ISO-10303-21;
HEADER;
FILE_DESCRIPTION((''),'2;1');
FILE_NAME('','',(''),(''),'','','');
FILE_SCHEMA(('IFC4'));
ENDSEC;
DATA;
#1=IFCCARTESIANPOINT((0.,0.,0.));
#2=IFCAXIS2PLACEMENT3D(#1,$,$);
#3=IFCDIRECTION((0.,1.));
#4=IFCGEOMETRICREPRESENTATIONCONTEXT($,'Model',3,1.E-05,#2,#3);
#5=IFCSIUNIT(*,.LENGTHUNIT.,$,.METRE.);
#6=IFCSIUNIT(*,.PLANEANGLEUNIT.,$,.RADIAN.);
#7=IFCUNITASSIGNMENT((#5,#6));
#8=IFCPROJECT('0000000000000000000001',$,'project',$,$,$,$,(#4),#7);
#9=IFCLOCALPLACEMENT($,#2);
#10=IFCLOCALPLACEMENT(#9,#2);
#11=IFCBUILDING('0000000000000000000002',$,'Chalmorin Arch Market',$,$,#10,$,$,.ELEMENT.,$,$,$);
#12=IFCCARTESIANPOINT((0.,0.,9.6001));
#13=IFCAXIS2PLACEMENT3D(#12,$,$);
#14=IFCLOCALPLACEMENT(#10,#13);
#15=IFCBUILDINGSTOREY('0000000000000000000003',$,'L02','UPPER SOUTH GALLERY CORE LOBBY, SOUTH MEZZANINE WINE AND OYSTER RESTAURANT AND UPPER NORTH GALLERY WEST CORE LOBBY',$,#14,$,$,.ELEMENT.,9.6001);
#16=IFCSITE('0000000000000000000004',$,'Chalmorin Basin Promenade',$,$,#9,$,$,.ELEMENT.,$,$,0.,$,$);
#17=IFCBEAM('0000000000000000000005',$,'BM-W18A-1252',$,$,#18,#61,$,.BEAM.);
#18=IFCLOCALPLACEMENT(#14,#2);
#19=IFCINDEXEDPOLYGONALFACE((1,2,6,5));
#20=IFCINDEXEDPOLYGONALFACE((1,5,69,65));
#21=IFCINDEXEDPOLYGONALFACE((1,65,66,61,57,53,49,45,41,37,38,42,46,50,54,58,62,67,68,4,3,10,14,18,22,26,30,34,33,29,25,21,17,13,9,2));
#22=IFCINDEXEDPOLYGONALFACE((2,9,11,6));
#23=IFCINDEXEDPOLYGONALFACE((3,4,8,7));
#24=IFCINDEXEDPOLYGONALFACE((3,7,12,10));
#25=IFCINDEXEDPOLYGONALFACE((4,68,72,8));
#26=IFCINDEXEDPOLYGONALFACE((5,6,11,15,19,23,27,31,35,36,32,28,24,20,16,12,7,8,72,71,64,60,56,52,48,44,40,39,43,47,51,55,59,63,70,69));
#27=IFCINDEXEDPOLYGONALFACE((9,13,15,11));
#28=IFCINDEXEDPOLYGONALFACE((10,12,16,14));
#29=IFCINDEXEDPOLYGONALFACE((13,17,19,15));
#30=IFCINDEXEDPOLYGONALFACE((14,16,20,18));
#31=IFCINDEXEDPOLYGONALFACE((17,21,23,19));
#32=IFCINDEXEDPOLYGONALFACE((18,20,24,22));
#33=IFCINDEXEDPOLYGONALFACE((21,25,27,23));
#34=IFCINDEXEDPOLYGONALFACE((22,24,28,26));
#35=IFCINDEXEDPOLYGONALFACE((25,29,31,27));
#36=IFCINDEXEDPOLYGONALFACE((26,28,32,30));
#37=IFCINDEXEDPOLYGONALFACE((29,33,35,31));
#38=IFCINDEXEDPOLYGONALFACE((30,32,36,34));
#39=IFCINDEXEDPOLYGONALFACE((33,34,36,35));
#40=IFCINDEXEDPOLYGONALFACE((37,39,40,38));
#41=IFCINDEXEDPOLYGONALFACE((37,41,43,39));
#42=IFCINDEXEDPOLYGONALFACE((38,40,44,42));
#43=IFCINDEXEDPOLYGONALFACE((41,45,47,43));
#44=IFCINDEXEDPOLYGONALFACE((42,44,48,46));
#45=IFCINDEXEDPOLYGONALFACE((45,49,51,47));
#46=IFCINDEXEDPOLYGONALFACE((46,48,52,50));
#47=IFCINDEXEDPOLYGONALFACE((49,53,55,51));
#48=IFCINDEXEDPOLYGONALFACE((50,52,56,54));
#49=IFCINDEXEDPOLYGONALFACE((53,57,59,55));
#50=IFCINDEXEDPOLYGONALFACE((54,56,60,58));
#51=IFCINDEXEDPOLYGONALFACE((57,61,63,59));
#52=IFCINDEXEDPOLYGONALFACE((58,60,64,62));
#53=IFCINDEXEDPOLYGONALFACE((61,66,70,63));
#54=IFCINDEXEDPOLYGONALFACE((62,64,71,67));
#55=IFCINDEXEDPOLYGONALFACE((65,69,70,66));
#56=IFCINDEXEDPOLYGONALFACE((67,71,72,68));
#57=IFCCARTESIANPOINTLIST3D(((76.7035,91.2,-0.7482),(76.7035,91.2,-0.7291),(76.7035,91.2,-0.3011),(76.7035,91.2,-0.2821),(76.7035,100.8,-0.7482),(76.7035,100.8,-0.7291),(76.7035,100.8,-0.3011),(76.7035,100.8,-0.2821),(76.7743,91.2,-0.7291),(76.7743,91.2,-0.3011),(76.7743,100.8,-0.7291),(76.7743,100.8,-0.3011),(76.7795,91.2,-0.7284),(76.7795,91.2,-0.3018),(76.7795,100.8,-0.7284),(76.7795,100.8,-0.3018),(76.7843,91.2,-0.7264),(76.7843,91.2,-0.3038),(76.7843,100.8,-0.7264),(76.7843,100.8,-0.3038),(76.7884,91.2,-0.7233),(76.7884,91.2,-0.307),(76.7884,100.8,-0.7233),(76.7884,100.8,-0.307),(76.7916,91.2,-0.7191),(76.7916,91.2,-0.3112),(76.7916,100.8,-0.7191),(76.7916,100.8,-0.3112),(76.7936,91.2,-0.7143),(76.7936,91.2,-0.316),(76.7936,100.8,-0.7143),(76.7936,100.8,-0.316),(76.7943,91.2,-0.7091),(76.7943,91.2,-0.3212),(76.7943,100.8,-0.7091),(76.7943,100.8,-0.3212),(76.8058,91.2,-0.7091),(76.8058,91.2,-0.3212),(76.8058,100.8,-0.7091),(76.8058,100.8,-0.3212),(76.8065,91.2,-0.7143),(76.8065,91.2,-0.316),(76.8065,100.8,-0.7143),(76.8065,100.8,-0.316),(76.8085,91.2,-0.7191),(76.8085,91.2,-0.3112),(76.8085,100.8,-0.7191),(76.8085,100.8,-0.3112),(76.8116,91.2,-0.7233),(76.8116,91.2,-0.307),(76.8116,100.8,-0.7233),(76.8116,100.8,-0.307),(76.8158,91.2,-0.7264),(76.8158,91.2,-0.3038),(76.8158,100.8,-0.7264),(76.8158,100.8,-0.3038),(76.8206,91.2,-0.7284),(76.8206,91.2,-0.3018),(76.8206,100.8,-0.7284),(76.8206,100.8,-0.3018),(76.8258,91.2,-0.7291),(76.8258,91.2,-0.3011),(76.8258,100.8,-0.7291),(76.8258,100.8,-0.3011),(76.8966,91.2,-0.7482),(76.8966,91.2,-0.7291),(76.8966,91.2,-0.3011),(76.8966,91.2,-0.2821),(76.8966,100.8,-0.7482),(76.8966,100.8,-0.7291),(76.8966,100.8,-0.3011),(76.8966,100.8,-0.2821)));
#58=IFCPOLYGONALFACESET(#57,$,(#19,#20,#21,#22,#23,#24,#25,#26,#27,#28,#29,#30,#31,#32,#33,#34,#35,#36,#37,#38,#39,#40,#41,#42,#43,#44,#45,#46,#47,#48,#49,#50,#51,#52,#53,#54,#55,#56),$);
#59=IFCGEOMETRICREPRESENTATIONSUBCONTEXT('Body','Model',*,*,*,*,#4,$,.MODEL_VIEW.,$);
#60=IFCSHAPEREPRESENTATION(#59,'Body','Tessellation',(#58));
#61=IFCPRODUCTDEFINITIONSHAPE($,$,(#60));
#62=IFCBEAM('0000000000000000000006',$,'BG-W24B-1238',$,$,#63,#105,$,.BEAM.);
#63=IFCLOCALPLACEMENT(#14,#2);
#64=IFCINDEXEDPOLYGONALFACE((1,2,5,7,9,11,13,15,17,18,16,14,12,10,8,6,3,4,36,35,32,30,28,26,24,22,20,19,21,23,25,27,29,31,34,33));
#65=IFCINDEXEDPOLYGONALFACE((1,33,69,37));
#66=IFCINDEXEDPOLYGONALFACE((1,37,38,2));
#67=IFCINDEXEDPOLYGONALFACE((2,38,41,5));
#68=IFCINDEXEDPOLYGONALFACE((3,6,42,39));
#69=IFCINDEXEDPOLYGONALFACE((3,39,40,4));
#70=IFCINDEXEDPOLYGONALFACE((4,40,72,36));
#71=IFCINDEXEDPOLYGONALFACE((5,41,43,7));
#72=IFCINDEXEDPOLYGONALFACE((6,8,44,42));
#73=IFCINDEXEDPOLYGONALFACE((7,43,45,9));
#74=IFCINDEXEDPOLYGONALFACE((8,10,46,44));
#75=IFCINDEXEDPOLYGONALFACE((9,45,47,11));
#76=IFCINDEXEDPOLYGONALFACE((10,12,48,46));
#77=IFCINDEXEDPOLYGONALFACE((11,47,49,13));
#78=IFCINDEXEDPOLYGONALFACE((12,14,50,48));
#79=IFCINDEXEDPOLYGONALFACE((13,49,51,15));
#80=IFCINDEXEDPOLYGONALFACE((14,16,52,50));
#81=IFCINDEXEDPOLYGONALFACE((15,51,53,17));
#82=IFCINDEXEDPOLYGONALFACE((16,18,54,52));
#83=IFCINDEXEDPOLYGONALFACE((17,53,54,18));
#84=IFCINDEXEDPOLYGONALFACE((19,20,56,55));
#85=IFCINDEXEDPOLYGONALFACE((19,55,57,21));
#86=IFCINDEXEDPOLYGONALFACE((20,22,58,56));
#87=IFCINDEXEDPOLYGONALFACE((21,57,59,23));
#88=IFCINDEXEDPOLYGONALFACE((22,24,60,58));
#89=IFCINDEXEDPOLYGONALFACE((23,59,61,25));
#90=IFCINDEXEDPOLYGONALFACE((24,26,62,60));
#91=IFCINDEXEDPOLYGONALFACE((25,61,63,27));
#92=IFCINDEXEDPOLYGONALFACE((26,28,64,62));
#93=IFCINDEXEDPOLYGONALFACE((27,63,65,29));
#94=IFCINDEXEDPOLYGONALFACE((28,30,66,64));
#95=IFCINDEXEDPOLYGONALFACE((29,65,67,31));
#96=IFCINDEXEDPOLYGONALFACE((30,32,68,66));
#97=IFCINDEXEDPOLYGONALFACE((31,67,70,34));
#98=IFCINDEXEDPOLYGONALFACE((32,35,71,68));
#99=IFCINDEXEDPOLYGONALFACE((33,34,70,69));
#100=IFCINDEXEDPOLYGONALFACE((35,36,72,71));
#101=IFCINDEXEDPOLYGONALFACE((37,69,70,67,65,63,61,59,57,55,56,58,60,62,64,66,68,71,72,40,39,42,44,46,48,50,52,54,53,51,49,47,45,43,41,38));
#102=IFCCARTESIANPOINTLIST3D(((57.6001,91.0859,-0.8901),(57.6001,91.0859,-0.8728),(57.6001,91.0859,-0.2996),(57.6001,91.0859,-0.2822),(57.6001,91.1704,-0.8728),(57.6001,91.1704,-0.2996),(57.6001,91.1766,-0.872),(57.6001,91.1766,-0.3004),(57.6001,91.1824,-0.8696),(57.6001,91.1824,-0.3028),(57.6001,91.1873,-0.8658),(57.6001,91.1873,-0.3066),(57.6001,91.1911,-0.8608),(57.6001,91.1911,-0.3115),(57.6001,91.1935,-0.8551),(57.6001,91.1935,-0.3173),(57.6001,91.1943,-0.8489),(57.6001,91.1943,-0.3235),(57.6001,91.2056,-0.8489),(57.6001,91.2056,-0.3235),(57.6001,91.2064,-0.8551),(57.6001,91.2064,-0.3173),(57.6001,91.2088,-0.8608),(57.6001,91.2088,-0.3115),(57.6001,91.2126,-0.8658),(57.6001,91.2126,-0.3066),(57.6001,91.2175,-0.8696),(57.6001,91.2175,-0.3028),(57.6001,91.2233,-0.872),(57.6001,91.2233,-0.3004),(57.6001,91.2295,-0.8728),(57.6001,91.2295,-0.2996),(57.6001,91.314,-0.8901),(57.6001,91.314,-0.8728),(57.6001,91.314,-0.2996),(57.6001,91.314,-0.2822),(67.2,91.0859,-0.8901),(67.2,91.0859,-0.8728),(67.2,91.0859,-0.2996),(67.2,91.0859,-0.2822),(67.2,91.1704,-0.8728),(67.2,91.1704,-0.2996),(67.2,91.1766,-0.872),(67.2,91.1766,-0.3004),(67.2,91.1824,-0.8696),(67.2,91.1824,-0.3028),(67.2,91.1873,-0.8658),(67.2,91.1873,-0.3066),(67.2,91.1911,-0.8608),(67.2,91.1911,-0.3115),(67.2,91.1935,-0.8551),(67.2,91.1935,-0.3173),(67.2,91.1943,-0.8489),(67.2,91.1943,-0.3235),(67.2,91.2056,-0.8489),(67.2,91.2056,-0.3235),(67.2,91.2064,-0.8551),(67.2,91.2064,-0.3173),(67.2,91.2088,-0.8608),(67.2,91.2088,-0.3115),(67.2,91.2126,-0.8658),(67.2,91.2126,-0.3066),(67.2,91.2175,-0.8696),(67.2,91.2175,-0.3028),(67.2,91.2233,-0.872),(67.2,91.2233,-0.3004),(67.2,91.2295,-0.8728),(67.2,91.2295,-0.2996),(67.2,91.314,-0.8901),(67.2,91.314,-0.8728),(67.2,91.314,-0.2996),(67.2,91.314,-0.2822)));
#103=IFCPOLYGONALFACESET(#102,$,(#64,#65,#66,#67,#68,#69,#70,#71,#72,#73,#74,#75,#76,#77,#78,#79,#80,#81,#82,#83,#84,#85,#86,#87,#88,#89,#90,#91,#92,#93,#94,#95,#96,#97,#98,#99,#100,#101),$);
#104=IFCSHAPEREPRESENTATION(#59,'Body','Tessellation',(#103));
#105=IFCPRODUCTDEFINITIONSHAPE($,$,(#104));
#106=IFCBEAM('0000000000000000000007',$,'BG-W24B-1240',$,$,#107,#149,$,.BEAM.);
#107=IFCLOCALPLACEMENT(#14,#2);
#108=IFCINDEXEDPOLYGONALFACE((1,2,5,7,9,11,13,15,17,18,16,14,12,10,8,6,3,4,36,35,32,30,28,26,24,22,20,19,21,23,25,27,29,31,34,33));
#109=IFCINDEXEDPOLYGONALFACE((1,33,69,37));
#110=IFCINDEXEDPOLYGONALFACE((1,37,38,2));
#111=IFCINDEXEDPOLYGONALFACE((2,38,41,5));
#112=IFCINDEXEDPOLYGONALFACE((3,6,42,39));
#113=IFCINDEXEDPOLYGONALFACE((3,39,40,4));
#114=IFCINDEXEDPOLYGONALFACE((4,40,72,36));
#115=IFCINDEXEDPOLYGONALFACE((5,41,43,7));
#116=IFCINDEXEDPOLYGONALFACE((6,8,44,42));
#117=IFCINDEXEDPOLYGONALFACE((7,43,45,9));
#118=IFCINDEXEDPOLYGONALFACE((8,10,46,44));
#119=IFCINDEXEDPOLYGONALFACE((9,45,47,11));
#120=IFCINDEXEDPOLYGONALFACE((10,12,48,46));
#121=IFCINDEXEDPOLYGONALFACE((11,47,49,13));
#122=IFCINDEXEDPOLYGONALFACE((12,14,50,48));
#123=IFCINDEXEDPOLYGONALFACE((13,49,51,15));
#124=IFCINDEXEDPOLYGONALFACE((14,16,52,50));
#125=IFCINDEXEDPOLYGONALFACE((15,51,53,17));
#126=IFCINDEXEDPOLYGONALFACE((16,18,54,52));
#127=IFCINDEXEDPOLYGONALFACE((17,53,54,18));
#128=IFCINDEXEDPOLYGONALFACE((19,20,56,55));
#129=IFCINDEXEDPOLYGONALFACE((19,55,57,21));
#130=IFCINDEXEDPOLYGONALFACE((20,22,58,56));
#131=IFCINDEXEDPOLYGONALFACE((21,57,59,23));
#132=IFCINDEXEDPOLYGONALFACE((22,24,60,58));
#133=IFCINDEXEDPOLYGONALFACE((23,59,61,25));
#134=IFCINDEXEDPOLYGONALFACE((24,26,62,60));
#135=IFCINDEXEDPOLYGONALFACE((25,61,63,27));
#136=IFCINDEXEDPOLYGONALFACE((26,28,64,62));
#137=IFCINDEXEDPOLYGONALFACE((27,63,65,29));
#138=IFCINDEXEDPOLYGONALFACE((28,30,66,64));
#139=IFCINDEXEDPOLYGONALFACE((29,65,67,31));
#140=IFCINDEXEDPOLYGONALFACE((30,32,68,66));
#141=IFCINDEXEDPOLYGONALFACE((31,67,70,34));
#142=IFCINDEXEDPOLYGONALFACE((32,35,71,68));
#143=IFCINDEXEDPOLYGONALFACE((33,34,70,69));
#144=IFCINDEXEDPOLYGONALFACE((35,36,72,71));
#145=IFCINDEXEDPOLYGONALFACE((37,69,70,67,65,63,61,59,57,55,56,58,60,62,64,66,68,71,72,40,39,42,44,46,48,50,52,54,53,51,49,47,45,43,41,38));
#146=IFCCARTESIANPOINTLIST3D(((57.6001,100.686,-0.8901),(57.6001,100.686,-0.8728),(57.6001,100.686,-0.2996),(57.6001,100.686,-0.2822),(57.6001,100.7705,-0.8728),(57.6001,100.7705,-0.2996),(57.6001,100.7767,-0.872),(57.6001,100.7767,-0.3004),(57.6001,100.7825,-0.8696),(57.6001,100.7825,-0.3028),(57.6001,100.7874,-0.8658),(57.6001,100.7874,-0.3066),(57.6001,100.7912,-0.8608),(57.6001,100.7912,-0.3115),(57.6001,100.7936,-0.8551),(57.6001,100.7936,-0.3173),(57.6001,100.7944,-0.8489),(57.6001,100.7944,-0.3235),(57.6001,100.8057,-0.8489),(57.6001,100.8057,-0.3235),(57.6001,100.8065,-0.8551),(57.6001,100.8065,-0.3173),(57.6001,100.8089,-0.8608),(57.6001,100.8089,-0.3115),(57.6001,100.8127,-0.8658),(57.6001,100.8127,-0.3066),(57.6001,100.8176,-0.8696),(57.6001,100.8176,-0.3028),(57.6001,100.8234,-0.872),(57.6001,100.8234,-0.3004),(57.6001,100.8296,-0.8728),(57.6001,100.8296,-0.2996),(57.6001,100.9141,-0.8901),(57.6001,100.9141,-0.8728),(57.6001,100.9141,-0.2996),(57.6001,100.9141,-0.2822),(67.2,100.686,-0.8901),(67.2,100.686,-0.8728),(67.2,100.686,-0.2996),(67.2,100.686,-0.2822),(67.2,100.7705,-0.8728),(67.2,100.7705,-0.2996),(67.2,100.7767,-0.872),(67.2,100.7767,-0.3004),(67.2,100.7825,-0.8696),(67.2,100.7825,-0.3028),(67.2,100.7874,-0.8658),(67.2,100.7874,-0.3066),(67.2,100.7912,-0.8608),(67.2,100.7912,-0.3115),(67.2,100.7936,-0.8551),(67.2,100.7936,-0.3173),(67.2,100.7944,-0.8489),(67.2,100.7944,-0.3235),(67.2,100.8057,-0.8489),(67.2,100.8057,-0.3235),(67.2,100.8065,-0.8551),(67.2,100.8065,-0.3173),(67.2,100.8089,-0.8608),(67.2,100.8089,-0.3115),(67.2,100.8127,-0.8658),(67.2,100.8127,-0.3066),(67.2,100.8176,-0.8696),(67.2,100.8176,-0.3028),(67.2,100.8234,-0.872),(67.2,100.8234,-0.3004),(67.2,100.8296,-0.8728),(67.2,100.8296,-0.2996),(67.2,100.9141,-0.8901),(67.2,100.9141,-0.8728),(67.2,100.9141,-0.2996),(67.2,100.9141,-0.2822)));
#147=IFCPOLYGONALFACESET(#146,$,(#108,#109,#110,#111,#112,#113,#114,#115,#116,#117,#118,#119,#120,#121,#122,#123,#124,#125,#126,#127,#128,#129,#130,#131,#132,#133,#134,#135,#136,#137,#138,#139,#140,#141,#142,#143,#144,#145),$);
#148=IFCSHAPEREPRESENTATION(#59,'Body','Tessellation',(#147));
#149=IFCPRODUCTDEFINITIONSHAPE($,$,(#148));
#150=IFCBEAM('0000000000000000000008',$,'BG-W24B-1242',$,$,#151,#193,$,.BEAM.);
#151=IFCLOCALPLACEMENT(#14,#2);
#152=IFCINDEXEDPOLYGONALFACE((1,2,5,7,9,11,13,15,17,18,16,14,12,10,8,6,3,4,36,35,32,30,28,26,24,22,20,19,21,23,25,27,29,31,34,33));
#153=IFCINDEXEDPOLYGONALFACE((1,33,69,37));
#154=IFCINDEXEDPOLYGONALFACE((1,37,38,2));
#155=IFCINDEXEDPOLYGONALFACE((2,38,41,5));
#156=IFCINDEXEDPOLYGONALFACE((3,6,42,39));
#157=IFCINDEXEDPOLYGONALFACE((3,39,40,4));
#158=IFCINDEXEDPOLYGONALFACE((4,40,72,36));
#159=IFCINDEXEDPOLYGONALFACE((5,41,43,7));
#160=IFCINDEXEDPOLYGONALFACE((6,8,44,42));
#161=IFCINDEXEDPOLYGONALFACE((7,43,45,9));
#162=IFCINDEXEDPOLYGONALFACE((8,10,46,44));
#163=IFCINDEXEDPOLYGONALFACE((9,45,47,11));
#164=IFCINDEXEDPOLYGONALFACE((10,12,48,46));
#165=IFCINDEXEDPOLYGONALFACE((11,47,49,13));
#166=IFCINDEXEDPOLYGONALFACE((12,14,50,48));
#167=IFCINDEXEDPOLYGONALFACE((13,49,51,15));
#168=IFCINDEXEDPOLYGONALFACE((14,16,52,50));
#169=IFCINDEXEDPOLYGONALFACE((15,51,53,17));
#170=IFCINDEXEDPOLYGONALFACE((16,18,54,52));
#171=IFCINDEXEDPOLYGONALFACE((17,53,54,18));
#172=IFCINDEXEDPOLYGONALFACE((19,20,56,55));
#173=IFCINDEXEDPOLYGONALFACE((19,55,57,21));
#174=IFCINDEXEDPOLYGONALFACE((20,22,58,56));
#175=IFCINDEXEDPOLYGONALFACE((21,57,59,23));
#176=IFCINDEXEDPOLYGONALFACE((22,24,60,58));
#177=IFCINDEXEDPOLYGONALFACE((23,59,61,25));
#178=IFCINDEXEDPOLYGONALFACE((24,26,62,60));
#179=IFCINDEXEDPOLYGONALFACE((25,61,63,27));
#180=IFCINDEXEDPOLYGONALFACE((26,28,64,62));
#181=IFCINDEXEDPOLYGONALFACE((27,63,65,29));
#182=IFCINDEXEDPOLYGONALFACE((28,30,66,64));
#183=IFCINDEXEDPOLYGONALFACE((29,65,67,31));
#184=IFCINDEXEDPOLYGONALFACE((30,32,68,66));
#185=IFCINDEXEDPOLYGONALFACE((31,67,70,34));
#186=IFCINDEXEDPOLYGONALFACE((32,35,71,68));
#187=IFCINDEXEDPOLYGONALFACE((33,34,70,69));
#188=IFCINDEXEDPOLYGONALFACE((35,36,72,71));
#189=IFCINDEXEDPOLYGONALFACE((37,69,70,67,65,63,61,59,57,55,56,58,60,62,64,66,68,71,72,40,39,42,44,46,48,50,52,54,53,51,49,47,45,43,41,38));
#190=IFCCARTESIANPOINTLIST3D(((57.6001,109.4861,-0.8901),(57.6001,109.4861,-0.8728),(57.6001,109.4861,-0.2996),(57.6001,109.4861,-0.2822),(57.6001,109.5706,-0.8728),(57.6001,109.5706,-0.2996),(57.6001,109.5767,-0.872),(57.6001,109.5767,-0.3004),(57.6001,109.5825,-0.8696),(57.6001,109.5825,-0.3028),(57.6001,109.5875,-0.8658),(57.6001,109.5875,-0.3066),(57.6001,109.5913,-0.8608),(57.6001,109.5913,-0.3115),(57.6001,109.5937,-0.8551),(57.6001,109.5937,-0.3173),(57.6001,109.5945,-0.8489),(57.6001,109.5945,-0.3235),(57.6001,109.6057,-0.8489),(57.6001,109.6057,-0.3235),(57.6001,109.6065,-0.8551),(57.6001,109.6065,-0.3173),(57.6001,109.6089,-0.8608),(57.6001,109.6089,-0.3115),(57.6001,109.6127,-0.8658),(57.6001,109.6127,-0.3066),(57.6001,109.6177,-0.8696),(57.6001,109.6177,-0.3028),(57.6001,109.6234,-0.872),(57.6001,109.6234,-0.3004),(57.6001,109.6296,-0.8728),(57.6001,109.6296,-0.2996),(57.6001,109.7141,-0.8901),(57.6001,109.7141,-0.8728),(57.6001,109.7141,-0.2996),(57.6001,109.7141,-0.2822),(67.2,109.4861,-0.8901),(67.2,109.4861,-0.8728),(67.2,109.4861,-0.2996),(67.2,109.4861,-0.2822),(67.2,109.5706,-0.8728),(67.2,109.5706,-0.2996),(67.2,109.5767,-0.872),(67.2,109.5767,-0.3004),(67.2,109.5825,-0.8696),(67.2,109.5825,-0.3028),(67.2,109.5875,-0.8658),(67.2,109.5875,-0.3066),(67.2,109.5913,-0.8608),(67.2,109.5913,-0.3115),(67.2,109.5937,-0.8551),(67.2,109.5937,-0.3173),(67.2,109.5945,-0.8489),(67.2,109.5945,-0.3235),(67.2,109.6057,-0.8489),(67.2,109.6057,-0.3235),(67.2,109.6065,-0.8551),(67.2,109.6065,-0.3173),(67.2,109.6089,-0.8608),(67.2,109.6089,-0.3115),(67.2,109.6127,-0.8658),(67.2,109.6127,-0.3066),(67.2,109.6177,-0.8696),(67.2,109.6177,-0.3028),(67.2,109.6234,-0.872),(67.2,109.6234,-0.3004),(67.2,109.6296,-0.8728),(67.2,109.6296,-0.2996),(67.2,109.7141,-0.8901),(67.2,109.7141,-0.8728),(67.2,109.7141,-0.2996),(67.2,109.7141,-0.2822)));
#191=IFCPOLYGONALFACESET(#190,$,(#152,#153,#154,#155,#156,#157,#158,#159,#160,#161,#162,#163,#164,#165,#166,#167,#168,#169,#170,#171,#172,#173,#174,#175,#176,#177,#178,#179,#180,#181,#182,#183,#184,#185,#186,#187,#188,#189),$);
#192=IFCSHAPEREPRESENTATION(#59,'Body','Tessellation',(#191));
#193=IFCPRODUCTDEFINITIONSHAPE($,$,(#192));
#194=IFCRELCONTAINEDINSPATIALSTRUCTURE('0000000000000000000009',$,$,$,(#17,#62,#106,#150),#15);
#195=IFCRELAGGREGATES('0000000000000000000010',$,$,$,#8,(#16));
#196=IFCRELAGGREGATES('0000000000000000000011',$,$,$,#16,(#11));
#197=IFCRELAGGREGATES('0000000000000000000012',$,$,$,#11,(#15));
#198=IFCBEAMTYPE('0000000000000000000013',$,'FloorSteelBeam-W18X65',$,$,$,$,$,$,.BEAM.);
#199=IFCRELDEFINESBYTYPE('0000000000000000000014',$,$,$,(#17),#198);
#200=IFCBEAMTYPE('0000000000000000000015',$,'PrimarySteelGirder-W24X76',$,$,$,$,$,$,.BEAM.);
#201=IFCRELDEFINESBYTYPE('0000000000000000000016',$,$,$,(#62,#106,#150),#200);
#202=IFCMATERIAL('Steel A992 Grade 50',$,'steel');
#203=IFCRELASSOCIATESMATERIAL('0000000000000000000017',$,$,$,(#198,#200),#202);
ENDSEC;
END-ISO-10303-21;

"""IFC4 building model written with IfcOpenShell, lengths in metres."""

from ifc_helpers import new_model, si_unit, direction, frame, origin, origin_2d, place, context, subcontext, project, spatial, i_section, extrude, material, material_profile, profile_set, type_object, element, save


model = new_model("IFC4")

# Units and contexts
model_context = context("Model", 3, precision=1e-05, world=origin(), true_north=direction((0.0, 1.0)))
body_context = subcontext(model_context, "Body", "Model", "MODEL_VIEW")
ifc_project = project(units=[si_unit("LENGTHUNIT", "METRE"), si_unit("PLANEANGLEUNIT", "RADIAN")], contexts=[model_context])

# Site, building, storey
site_placement = place(None, origin())
site = spatial("IfcSite", under=ifc_project, at=site_placement, Name="Chalmorin Basin Promenade", CompositionType="ELEMENT", RefElevation=0.0)
building_placement = place(site_placement, origin())
building = spatial("IfcBuilding", under=site, at=building_placement, Name="Chalmorin Arch Market", CompositionType="ELEMENT")
storey_placement = place(building_placement, frame((0.0, 0.0, 9.6001)))
storey = spatial("IfcBuildingStorey", under=building, at=storey_placement, Name="L02", Description="UPPER SOUTH GALLERY CORE LOBBY, SOUTH MEZZANINE WINE AND OYSTER RESTAURANT AND UPPER NORTH GALLERY WEST CORE LOBBY", CompositionType="ELEMENT", Elevation=9.6001)

# Beams
ifc_material_1 = material(Name="Steel A992 Grade 50", Category="steel")
ifc_material_profile_1 = material_profile(ifc_material_1, i_section(OverallWidth=0.1931, OverallDepth=0.4661, WebThickness=0.0115, FlangeThickness=0.019, FilletRadius=0.02, at=origin_2d()), Name="W18X65")
ifc_profile_set_1 = profile_set([ifc_material_profile_1], Name="Steel A992 Grade 50")
beam_type_1 = type_object("IfcBeamType", Name="FloorSteelBeam-W18X65", PredefinedType="BEAM", material=ifc_profile_set_1)
beam_1_placement = place(storey_placement, frame((76.8, 91.2, -0.5151), z_axis=(0.0, 1.0, 0.0), x_axis=(-1.0, 0.0, 0.0)))
element("IfcBeam", 1, at=beam_1_placement, inside=storey, type_object=beam_type_1, Name="BM-W18A-1252", PredefinedType="BEAM", context=body_context, shape_type="SweptSolid", body=[
    extrude(i_section(OverallWidth=0.1931, OverallDepth=0.4661, WebThickness=0.0115, FlangeThickness=0.019, FilletRadius=0.02, at=origin_2d()), origin(), (0.0, 0.0, 1.0), 9.6001),
])
ifc_material_profile_2 = material_profile(ifc_material_1, i_section(OverallWidth=0.228, OverallDepth=0.6079, WebThickness=0.0112, FlangeThickness=0.0173, FilletRadius=0.0239, at=origin_2d()), Name="W24X76")
ifc_profile_set_2 = profile_set([ifc_material_profile_2], Name="Steel A992 Grade 50")
beam_type_2 = type_object("IfcBeamType", Name="PrimarySteelGirder-W24X76", PredefinedType="BEAM", material=ifc_profile_set_2)
for number, where, z_axis, x_axis, name in (
    (2, (57.6001, 91.2, -0.5862), (1.0, 0.0, 0.0), (0.0, 1.0, 0.0), "BG-W24B-1238"),
    (3, (57.6001, 100.8, -0.5862), (1.0, 0.0, 0.0), (0.0, 1.0, 0.0), "BG-W24B-1240"),
    (4, (57.6001, 109.6001, -0.5862), (1.0, 0.0, 0.0), (0.0, 1.0, 0.0), "BG-W24B-1242"),
):
    element("IfcBeam", number, at=place(storey_placement, frame(where, z_axis=z_axis, x_axis=x_axis)), inside=storey, type_object=beam_type_2, Name=name, PredefinedType="BEAM", context=body_context, shape_type="SweptSolid", body=[
        extrude(i_section(OverallWidth=0.228, OverallDepth=0.6079, WebThickness=0.0112, FlangeThickness=0.0173, FilletRadius=0.0239, at=origin_2d()), origin(), (0.0, 0.0, 1.0), 9.5999),
    ])

save(model, "model.ifc")
